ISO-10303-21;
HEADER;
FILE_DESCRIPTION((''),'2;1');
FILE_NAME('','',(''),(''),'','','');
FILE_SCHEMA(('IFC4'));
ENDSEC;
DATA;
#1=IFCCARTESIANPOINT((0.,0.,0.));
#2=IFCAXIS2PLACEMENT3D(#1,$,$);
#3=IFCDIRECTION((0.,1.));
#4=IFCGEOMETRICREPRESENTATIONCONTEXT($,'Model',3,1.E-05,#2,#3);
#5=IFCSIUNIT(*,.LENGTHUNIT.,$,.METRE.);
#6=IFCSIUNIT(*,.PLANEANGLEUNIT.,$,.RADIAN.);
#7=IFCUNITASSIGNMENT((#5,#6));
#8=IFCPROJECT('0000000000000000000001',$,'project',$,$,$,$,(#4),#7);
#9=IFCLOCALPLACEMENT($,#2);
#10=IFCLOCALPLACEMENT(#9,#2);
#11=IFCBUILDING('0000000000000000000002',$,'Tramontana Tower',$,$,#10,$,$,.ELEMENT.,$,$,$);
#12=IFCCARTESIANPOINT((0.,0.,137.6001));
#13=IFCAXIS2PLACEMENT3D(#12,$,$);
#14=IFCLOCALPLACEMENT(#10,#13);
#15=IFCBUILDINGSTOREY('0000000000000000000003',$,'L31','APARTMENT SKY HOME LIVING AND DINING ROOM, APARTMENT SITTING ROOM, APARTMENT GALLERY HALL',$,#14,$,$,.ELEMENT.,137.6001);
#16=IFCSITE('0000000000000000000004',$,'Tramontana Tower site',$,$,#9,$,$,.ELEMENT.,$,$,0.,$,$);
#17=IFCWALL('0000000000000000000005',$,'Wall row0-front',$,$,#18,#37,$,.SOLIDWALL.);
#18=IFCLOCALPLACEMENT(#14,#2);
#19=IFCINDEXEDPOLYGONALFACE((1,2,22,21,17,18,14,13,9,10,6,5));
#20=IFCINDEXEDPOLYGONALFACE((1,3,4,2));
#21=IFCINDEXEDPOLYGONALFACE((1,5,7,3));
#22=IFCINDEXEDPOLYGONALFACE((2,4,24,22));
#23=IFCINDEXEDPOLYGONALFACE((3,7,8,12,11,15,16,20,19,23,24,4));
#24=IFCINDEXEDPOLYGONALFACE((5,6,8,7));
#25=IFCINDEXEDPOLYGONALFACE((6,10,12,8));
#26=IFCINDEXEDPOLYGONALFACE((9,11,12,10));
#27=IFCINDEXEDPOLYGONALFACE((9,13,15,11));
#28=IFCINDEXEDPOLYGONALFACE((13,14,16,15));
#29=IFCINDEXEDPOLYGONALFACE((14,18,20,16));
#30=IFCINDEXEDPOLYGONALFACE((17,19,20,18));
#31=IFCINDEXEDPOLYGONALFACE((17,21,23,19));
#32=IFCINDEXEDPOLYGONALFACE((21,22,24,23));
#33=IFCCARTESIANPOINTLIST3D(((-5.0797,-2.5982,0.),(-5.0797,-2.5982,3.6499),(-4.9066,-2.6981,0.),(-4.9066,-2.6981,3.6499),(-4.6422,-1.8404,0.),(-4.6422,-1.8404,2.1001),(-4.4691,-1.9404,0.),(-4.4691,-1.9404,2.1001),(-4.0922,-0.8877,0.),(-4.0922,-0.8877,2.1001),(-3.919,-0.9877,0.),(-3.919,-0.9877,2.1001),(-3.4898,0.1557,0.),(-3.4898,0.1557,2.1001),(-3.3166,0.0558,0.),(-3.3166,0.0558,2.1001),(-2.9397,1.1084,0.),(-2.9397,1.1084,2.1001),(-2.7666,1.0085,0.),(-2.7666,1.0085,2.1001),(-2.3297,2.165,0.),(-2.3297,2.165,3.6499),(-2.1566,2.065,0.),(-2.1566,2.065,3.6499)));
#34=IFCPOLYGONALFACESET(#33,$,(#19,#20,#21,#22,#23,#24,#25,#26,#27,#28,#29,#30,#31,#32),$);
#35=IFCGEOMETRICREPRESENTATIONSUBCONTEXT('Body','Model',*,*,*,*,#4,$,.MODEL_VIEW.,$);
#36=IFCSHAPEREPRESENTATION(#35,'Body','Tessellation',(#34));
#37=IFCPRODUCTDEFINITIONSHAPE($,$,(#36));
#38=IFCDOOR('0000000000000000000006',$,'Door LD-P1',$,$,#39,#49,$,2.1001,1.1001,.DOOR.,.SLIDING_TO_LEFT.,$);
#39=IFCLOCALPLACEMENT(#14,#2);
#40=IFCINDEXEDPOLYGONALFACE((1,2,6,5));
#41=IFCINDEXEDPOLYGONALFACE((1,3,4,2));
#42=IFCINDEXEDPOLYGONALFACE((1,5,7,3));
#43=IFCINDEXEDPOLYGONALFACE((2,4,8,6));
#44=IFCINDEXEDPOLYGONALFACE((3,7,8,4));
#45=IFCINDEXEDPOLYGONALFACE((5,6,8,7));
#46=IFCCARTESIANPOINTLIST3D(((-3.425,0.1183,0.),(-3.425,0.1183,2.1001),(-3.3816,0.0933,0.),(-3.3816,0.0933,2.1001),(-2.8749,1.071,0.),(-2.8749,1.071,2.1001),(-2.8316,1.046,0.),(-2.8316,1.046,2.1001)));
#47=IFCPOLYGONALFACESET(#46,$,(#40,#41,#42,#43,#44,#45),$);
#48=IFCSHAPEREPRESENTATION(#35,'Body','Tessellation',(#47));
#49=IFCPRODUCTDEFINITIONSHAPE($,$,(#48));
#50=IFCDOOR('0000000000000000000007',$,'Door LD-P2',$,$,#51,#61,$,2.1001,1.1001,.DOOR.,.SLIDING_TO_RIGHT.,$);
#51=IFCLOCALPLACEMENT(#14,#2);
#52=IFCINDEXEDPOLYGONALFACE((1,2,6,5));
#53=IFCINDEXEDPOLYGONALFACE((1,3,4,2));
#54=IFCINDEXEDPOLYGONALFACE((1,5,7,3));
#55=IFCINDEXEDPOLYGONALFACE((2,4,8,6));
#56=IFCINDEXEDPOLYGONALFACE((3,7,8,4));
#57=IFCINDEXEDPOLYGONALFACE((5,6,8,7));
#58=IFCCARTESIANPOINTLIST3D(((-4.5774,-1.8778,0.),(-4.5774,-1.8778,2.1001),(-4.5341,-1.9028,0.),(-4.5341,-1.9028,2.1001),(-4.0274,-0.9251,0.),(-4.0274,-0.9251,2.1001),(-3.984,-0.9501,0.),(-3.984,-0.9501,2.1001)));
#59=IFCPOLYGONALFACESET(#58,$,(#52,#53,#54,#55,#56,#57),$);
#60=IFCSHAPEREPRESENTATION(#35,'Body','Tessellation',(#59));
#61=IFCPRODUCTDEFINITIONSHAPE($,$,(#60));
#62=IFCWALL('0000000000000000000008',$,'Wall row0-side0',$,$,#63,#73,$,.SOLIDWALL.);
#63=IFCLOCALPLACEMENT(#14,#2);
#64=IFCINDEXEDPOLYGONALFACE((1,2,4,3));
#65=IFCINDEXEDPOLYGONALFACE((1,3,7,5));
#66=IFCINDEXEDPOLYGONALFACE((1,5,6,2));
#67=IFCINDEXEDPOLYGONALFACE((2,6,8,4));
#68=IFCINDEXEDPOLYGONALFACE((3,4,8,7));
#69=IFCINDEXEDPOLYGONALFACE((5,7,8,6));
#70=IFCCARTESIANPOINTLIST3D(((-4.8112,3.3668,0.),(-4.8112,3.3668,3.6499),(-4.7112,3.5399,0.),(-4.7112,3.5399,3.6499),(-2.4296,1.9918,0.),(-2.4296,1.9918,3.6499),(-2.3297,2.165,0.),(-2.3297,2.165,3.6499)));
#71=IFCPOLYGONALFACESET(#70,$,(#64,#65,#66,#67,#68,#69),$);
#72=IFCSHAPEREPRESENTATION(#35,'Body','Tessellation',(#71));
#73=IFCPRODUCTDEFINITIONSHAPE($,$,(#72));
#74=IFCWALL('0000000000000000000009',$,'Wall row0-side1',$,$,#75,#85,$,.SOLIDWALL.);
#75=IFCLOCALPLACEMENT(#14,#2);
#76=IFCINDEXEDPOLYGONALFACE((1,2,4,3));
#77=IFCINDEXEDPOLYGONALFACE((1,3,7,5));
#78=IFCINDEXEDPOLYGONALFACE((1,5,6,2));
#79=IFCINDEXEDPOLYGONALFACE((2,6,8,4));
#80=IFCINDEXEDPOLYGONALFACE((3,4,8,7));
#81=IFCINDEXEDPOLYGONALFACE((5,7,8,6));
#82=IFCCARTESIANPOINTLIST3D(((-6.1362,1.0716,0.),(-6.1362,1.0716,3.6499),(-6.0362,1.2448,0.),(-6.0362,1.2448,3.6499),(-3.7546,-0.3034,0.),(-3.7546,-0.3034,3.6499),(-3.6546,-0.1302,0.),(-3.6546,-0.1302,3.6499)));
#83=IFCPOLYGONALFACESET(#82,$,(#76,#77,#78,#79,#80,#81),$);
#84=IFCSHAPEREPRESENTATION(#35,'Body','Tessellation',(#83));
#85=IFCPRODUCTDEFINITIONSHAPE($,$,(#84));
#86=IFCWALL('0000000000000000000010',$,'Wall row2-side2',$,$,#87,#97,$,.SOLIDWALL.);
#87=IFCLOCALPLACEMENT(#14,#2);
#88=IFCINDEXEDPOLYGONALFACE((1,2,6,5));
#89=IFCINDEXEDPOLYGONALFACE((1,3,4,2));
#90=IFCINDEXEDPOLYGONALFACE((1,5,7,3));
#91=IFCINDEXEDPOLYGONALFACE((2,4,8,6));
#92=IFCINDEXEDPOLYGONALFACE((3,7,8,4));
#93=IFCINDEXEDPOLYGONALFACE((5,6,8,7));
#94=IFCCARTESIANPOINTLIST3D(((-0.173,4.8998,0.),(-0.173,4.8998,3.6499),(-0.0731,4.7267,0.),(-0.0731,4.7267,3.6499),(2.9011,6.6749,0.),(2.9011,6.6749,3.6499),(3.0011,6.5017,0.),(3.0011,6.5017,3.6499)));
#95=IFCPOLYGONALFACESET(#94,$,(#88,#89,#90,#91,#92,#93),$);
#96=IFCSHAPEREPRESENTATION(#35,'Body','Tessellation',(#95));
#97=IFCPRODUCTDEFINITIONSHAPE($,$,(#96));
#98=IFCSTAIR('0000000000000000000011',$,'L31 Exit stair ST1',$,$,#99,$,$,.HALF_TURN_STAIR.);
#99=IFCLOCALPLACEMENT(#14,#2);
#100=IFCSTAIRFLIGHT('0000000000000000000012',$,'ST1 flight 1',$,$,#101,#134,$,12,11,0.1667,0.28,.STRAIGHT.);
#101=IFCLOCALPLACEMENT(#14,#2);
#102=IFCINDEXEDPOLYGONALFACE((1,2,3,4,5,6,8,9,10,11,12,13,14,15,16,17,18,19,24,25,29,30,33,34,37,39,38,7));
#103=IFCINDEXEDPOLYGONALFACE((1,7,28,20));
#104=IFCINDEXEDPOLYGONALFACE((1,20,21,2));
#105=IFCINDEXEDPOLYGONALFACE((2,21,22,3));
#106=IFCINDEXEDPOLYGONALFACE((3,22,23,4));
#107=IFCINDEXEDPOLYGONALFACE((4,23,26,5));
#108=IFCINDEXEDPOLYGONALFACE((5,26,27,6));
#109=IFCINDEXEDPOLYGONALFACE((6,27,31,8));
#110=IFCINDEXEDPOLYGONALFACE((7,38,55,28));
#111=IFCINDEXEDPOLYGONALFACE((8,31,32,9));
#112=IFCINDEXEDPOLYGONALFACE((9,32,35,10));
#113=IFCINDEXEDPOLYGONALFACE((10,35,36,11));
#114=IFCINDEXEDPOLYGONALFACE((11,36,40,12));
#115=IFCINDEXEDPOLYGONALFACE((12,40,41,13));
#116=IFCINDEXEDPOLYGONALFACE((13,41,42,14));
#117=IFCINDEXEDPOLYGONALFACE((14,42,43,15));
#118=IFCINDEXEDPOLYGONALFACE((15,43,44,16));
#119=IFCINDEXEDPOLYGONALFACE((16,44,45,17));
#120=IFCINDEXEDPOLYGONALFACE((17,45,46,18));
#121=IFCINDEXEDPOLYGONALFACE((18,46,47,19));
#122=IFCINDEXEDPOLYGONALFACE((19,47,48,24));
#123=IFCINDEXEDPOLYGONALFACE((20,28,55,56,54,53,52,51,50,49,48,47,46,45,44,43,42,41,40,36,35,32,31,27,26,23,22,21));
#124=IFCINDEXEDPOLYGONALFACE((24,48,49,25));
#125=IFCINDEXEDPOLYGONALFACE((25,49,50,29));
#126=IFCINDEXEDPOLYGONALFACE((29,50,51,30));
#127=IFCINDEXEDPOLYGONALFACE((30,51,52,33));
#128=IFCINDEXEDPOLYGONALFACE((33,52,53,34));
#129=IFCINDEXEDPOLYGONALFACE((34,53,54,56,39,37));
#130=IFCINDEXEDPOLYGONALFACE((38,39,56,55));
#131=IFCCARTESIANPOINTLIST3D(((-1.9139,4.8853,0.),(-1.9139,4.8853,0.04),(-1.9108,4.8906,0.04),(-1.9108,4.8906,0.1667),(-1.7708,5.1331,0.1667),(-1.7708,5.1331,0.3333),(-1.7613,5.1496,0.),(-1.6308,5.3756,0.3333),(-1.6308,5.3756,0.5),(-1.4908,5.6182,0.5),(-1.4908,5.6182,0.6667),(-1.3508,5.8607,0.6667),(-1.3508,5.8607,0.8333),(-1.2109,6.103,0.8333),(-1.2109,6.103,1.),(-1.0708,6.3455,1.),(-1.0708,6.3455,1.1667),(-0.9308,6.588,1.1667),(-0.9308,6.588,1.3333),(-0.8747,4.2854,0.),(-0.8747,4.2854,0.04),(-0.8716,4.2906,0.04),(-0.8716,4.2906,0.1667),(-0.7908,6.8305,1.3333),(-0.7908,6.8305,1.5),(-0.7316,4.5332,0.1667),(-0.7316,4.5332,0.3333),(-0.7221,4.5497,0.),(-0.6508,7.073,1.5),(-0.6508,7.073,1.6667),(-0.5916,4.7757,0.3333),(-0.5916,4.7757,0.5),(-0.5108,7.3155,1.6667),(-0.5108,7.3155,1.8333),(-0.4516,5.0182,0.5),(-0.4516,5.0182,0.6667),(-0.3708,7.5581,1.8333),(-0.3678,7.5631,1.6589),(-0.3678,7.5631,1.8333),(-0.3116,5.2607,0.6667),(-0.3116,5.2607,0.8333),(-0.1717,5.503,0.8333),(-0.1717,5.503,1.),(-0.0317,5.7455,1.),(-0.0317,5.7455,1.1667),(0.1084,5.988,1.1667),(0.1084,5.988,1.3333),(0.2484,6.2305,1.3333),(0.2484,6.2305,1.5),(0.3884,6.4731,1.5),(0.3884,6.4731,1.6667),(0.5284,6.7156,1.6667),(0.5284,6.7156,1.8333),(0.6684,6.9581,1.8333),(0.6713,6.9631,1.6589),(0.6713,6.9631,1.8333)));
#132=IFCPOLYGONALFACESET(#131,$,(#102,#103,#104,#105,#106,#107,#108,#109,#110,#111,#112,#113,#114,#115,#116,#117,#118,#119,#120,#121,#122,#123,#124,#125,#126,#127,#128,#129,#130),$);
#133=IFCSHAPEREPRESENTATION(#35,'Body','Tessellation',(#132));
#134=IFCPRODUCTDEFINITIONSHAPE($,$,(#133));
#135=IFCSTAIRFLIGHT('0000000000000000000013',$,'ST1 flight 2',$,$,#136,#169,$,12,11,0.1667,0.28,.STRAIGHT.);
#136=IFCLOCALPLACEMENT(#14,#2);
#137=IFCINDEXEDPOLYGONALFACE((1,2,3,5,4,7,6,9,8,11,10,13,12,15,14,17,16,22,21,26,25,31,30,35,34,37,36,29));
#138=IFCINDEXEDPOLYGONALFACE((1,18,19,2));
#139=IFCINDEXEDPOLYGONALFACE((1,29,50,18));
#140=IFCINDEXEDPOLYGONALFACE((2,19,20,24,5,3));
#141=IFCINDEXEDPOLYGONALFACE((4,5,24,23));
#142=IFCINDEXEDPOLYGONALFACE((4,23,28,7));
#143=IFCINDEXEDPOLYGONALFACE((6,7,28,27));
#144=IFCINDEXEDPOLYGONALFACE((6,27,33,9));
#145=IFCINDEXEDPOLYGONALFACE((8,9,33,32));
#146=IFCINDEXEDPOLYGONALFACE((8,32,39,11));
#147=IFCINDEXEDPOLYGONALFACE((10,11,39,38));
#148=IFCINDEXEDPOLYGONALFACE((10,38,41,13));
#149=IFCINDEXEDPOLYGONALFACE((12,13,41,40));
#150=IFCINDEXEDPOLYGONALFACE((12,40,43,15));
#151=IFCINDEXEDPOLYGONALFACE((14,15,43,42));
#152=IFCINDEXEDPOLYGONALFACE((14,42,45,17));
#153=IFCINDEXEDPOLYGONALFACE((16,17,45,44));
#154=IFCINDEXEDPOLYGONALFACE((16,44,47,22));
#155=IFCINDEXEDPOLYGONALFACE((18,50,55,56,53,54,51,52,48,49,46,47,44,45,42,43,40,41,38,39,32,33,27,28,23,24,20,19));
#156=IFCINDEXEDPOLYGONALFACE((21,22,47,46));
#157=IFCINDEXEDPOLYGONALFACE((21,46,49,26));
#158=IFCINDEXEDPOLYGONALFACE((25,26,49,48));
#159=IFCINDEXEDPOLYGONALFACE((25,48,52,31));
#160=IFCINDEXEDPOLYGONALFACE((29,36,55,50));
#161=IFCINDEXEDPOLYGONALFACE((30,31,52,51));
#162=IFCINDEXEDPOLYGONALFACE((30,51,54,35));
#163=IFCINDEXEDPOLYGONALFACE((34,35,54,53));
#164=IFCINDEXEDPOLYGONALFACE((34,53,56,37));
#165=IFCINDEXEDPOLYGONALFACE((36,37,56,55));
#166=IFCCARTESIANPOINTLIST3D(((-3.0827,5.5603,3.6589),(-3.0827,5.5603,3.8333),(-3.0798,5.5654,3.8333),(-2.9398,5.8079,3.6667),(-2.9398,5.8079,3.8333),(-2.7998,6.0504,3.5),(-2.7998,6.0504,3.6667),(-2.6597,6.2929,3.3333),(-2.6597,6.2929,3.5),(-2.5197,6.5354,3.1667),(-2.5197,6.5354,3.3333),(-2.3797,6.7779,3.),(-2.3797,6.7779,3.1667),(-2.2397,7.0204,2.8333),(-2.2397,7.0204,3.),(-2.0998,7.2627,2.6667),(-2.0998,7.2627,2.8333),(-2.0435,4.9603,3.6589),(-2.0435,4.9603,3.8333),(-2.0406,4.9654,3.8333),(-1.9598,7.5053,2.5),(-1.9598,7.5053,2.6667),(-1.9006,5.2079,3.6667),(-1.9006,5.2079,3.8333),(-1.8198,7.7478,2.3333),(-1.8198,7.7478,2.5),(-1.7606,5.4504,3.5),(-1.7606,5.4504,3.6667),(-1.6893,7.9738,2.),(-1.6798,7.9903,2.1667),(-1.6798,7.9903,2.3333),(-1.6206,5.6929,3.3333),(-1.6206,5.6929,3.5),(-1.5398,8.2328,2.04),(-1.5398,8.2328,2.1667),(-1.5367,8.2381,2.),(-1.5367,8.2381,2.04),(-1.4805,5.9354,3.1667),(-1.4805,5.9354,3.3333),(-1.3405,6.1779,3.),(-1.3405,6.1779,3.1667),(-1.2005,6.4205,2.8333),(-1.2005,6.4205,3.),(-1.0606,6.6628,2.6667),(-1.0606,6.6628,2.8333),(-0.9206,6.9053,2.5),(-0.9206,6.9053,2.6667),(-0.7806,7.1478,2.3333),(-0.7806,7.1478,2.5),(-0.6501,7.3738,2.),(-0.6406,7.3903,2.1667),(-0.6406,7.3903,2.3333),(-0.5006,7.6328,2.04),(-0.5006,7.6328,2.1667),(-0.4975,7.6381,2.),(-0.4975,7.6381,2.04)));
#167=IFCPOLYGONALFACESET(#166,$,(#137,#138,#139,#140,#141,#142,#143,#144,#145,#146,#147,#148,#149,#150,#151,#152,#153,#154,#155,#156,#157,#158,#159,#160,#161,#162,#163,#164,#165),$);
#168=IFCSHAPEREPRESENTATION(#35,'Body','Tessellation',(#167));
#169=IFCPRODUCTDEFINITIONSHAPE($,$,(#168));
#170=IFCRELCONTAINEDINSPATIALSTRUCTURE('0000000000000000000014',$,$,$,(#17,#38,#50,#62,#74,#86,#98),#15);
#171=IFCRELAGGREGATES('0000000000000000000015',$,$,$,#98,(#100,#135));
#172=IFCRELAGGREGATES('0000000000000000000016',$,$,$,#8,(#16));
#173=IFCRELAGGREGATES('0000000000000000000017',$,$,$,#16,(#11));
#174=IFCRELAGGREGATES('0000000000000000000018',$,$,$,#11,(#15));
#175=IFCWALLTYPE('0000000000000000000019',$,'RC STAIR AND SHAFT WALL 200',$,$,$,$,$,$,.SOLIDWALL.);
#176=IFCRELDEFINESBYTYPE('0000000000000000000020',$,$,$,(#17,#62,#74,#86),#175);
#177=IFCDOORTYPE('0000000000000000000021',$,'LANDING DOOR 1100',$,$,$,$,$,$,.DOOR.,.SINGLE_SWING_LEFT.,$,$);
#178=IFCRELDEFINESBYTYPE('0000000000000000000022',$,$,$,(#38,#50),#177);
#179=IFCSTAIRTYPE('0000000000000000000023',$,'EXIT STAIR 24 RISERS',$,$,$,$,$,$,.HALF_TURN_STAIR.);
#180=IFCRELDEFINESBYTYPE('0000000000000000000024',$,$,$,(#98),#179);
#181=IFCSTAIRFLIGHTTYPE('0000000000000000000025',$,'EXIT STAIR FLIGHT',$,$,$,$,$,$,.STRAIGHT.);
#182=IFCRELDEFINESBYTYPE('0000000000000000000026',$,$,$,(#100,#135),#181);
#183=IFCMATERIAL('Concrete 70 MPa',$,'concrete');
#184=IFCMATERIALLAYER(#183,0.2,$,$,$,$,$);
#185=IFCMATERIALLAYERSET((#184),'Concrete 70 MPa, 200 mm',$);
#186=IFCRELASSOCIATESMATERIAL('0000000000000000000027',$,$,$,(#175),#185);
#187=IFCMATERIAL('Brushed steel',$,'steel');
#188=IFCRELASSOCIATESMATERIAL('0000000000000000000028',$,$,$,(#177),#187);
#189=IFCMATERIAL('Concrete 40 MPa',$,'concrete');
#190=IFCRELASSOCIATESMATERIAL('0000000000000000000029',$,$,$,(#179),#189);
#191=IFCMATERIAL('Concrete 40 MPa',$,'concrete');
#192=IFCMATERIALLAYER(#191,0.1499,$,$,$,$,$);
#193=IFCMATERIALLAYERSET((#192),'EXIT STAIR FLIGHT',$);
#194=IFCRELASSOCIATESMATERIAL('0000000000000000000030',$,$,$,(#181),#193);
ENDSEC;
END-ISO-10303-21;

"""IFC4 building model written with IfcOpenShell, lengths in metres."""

from ifc_helpers import new_model, si_unit, direction, frame, frame_2d, origin, place, context, subcontext, project, spatial, polyline, rectangle, outline, extrude, material, layer, layer_set, type_object, element, fill, aggregate, save


model = new_model("IFC4")

# Units and contexts
model_context = context("Model", 3, precision=1e-05, world=origin(), true_north=direction((0.0, 1.0)))
body_context = subcontext(model_context, "Body", "Model", "MODEL_VIEW")
ifc_project = project(units=[si_unit("LENGTHUNIT", "METRE"), si_unit("PLANEANGLEUNIT", "RADIAN")], contexts=[model_context])

# Site, building, storey
site_placement = place(None, origin())
site = spatial("IfcSite", under=ifc_project, at=site_placement, Name="Tramontana Tower site", CompositionType="ELEMENT", RefElevation=0.0)
building_placement = place(site_placement, origin())
building = spatial("IfcBuilding", under=site, at=building_placement, Name="Tramontana Tower", CompositionType="ELEMENT")
storey_placement = place(building_placement, frame((0.0, 0.0, 137.6001)))
storey = spatial("IfcBuildingStorey", under=building, at=storey_placement, Name="L31", Description="APARTMENT SKY HOME LIVING AND DINING ROOM, APARTMENT SITTING ROOM, APARTMENT GALLERY HALL", CompositionType="ELEMENT", Elevation=137.6001)

# Shared definitions
ifc_material_1 = material(Name="Concrete 70 MPa", Category="concrete")
ifc_layer_1 = layer(ifc_material_1, 0.2)
ifc_layer_set_1 = layer_set([ifc_layer_1], Name="Concrete 70 MPa, 200 mm")
wall_type_1 = type_object("IfcWallType", Name="RC STAIR AND SHAFT WALL 200", PredefinedType="SOLIDWALL", material=ifc_layer_set_1)

# Wall, openings, doors
wall_1_placement = place(storey_placement, frame((-2.2432, 2.115, 0.0), z_axis=(0.0, 0.0, 1.0), x_axis=(-0.499997, -0.866027, 0.0)))
wall_1 = element("IfcWall", 1, at=wall_1_placement, inside=storey, type_object=wall_type_1, Name="Wall row0-front", PredefinedType="SOLIDWALL", context=body_context, shape_type="SweptSolid", body=[
    extrude(rectangle(XDim=5.5, YDim=0.2, at=frame_2d((2.75, 0.0))), origin(), (0.0, 0.0, 1.0), 3.6499),
])
opening_1_placement = place(wall_1_placement, frame((1.22, 0.0, 0.0)))
opening_1 = element("IfcOpeningElement", 2, at=opening_1_placement, cuts=wall_1, PredefinedType="OPENING", context=body_context, shape_type="SweptSolid", body=[
    extrude(rectangle(XDim=1.1001, YDim=2.1001, at=frame_2d((0.55, 1.05))), frame((0.0, 0.1099, 0.0), z_axis=(0.0, -1.0, 0.0), x_axis=(1.0, 0.0, 0.0)), (0.0, 0.0, 1.0), 0.22),
])
opening_2_placement = place(wall_1_placement, frame((3.5249, 0.0, 0.0)))
opening_2 = element("IfcOpeningElement", 3, at=opening_2_placement, cuts=wall_1, PredefinedType="OPENING", context=body_context, shape_type="SweptSolid", body=[
    extrude(rectangle(XDim=1.1001, YDim=2.1001, at=frame_2d((0.55, 1.05))), frame((0.0, 0.1099, 0.0), z_axis=(0.0, -1.0, 0.0), x_axis=(1.0, 0.0, 0.0)), (0.0, 0.0, 1.0), 0.22),
])
ifc_material_2 = material(Name="Brushed steel", Category="steel")
door_type_1 = type_object("IfcDoorType", Name="LANDING DOOR 1100", OperationType="SINGLE_SWING_LEFT", PredefinedType="DOOR", material=ifc_material_2)
door_1_placement = place(opening_1_placement, origin())
door_1 = element("IfcDoor", 4, at=door_1_placement, inside=storey, type_object=door_type_1, Name="Door LD-P1", OperationType="SLIDING_TO_LEFT", OverallHeight=2.1001, OverallWidth=1.1001, PredefinedType="DOOR", context=body_context, shape_type="SweptSolid", body=[
    extrude(rectangle(XDim=1.1001, YDim=2.1001, at=frame_2d((0.55, 1.05))), frame((0.0, 0.0249, 0.0), z_axis=(0.0, -1.0, 0.0), x_axis=(1.0, 0.0, 0.0)), (0.0, 0.0, 1.0), 0.05),
])
fill(opening_1, door_1)
door_2_placement = place(opening_2_placement, origin())
door_2 = element("IfcDoor", 5, at=door_2_placement, inside=storey, type_object=door_type_1, Name="Door LD-P2", OperationType="SLIDING_TO_RIGHT", OverallHeight=2.1001, OverallWidth=1.1001, PredefinedType="DOOR", context=body_context, shape_type="SweptSolid", body=[
    extrude(rectangle(XDim=1.1001, YDim=2.1001, at=frame_2d((0.55, 1.05))), frame((0.0, 0.0249, 0.0), z_axis=(0.0, -1.0, 0.0), x_axis=(1.0, 0.0, 0.0)), (0.0, 0.0, 1.0), 0.05),
])
fill(opening_2, door_2)

# Walls
for number, where, z_axis, x_axis, name in (
    (6, (-2.3796, 2.0784, 0.0), (0.0, 0.0, 1.0), (-0.866027, 0.499997, 0.0), "Wall row0-side0"),
    (7, (-3.7046, -0.2168, 0.0), (0.0, 0.0, 1.0), (-0.866027, 0.499997, 0.0), "Wall row0-side1"),
):
    element("IfcWall", number, at=place(storey_placement, frame(where, z_axis=z_axis, x_axis=x_axis)), inside=storey, type_object=wall_type_1, Name=name, PredefinedType="SOLIDWALL", context=body_context, shape_type="SweptSolid", body=[
        extrude(rectangle(XDim=2.75, YDim=0.2, at=frame_2d((1.375, 0.0))), origin(), (0.0, 0.0, 1.0), 3.6499),
    ])
wall_2_placement = place(storey_placement, frame((-0.123, 4.8132, 0.0), z_axis=(0.0, 0.0, 1.0), x_axis=(0.865995, 0.500052, 0.0)))
element("IfcWall", 8, at=wall_2_placement, inside=storey, type_object=wall_type_1, Name="Wall row2-side2", PredefinedType="SOLIDWALL", context=body_context, shape_type="SweptSolid", body=[
    extrude(rectangle(XDim=3.5498, YDim=0.2, at=frame_2d((1.7749, 0.0))), origin(), (0.0, 0.0, 1.0), 3.6499),
])

# Stair, stair flights
ifc_material_3 = material(Name="Concrete 40 MPa", Category="concrete")
stair_type = type_object("IfcStairType", Name="EXIT STAIR 24 RISERS", PredefinedType="HALF_TURN_STAIR", material=ifc_material_3)
stair_placement = place(storey_placement, origin())
stair = element("IfcStair", 9, at=stair_placement, inside=storey, type_object=stair_type, Name="L31 Exit stair ST1", PredefinedType="HALF_TURN_STAIR")
ifc_material_4 = material(Name="Concrete 40 MPa", Category="concrete")
ifc_layer_2 = layer(ifc_material_4, 0.1499)
ifc_layer_set_2 = layer_set([ifc_layer_2], Name="EXIT STAIR FLIGHT")
stair_flight_type = type_object("IfcStairFlightType", Name="EXIT STAIR FLIGHT", PredefinedType="STRAIGHT", material=ifc_layer_set_2)
stair_flight_1_placement = place(storey_placement, frame((-1.3911, 4.5906, 0.0), z_axis=(0.0, 0.0, 1.0), x_axis=(0.5, 0.866025, 0.0)))
stair_flight_1 = element("IfcStairFlight", 10, at=stair_flight_1_placement, type_object=stair_flight_type, Name="ST1 flight 1", NumberOfRisers=12, NumberOfTreads=11, PredefinedType="STRAIGHT", RiserHeight=0.1667, TreadLength=0.28, context=body_context, shape_type="SweptSolid", body=[
    extrude(outline(polyline([(-0.0061, 0.0), (-0.0061, 0.04), (0.0, 0.04), (0.0, 0.1667), (0.28, 0.1667), (0.28, 0.3333), (0.5601, 0.3333), (0.5601, 0.5), (0.8401, 0.5), (0.8401, 0.6667), (1.1201, 0.6667), (1.1201, 0.8333), (1.3999, 0.8333), (1.3999, 1.0), (1.6799, 1.0), (1.6799, 1.1667), (1.96, 1.1667), (1.96, 1.3333), (2.24, 1.3333), (2.24, 1.5), (2.52, 1.5), (2.52, 1.6667), (2.8, 1.6667), (2.8, 1.8333), (3.0801, 1.8333), (3.0859, 1.8333), (3.0859, 1.6589), (0.2991, 0.0), (-0.0061, 0.0)])), frame((0.0, 0.6001, 0.0), z_axis=(0.0, -1.0, 0.0), x_axis=(1.0, 0.0, 0.0)), (0.0, 0.0, 1.0), 1.2),
])
stair_flight_2_placement = place(storey_placement, frame((-1.0203, 7.9329, 2.0), z_axis=(0.0, 0.0, 1.0), x_axis=(-0.5, -0.866025, 0.0)))
stair_flight_2 = element("IfcStairFlight", 11, at=stair_flight_2_placement, type_object=stair_flight_type, Name="ST1 flight 2", NumberOfRisers=12, NumberOfTreads=11, PredefinedType="STRAIGHT", RiserHeight=0.1667, TreadLength=0.28, context=body_context, shape_type="SweptSolid", body=[
    extrude(outline(polyline([(-0.0061, 0.0), (-0.0061, 0.04), (0.0, 0.04), (0.0, 0.1667), (0.28, 0.1667), (0.28, 0.3333), (0.5601, 0.3333), (0.5601, 0.5), (0.8401, 0.5), (0.8401, 0.6667), (1.1201, 0.6667), (1.1201, 0.8333), (1.3999, 0.8333), (1.3999, 1.0), (1.6799, 1.0), (1.6799, 1.1667), (1.96, 1.1667), (1.96, 1.3333), (2.24, 1.3333), (2.24, 1.5), (2.52, 1.5), (2.52, 1.6667), (2.8, 1.6667), (2.8, 1.8333), (3.0801, 1.8333), (3.0859, 1.8333), (3.0859, 1.6589), (0.2991, 0.0), (-0.0061, 0.0)])), frame((0.0, 0.6001, 0.0), z_axis=(0.0, -1.0, 0.0), x_axis=(1.0, 0.0, 0.0)), (0.0, 0.0, 1.0), 1.2),
])
aggregate(stair, [stair_flight_1, stair_flight_2])

save(model, "model.ifc")
